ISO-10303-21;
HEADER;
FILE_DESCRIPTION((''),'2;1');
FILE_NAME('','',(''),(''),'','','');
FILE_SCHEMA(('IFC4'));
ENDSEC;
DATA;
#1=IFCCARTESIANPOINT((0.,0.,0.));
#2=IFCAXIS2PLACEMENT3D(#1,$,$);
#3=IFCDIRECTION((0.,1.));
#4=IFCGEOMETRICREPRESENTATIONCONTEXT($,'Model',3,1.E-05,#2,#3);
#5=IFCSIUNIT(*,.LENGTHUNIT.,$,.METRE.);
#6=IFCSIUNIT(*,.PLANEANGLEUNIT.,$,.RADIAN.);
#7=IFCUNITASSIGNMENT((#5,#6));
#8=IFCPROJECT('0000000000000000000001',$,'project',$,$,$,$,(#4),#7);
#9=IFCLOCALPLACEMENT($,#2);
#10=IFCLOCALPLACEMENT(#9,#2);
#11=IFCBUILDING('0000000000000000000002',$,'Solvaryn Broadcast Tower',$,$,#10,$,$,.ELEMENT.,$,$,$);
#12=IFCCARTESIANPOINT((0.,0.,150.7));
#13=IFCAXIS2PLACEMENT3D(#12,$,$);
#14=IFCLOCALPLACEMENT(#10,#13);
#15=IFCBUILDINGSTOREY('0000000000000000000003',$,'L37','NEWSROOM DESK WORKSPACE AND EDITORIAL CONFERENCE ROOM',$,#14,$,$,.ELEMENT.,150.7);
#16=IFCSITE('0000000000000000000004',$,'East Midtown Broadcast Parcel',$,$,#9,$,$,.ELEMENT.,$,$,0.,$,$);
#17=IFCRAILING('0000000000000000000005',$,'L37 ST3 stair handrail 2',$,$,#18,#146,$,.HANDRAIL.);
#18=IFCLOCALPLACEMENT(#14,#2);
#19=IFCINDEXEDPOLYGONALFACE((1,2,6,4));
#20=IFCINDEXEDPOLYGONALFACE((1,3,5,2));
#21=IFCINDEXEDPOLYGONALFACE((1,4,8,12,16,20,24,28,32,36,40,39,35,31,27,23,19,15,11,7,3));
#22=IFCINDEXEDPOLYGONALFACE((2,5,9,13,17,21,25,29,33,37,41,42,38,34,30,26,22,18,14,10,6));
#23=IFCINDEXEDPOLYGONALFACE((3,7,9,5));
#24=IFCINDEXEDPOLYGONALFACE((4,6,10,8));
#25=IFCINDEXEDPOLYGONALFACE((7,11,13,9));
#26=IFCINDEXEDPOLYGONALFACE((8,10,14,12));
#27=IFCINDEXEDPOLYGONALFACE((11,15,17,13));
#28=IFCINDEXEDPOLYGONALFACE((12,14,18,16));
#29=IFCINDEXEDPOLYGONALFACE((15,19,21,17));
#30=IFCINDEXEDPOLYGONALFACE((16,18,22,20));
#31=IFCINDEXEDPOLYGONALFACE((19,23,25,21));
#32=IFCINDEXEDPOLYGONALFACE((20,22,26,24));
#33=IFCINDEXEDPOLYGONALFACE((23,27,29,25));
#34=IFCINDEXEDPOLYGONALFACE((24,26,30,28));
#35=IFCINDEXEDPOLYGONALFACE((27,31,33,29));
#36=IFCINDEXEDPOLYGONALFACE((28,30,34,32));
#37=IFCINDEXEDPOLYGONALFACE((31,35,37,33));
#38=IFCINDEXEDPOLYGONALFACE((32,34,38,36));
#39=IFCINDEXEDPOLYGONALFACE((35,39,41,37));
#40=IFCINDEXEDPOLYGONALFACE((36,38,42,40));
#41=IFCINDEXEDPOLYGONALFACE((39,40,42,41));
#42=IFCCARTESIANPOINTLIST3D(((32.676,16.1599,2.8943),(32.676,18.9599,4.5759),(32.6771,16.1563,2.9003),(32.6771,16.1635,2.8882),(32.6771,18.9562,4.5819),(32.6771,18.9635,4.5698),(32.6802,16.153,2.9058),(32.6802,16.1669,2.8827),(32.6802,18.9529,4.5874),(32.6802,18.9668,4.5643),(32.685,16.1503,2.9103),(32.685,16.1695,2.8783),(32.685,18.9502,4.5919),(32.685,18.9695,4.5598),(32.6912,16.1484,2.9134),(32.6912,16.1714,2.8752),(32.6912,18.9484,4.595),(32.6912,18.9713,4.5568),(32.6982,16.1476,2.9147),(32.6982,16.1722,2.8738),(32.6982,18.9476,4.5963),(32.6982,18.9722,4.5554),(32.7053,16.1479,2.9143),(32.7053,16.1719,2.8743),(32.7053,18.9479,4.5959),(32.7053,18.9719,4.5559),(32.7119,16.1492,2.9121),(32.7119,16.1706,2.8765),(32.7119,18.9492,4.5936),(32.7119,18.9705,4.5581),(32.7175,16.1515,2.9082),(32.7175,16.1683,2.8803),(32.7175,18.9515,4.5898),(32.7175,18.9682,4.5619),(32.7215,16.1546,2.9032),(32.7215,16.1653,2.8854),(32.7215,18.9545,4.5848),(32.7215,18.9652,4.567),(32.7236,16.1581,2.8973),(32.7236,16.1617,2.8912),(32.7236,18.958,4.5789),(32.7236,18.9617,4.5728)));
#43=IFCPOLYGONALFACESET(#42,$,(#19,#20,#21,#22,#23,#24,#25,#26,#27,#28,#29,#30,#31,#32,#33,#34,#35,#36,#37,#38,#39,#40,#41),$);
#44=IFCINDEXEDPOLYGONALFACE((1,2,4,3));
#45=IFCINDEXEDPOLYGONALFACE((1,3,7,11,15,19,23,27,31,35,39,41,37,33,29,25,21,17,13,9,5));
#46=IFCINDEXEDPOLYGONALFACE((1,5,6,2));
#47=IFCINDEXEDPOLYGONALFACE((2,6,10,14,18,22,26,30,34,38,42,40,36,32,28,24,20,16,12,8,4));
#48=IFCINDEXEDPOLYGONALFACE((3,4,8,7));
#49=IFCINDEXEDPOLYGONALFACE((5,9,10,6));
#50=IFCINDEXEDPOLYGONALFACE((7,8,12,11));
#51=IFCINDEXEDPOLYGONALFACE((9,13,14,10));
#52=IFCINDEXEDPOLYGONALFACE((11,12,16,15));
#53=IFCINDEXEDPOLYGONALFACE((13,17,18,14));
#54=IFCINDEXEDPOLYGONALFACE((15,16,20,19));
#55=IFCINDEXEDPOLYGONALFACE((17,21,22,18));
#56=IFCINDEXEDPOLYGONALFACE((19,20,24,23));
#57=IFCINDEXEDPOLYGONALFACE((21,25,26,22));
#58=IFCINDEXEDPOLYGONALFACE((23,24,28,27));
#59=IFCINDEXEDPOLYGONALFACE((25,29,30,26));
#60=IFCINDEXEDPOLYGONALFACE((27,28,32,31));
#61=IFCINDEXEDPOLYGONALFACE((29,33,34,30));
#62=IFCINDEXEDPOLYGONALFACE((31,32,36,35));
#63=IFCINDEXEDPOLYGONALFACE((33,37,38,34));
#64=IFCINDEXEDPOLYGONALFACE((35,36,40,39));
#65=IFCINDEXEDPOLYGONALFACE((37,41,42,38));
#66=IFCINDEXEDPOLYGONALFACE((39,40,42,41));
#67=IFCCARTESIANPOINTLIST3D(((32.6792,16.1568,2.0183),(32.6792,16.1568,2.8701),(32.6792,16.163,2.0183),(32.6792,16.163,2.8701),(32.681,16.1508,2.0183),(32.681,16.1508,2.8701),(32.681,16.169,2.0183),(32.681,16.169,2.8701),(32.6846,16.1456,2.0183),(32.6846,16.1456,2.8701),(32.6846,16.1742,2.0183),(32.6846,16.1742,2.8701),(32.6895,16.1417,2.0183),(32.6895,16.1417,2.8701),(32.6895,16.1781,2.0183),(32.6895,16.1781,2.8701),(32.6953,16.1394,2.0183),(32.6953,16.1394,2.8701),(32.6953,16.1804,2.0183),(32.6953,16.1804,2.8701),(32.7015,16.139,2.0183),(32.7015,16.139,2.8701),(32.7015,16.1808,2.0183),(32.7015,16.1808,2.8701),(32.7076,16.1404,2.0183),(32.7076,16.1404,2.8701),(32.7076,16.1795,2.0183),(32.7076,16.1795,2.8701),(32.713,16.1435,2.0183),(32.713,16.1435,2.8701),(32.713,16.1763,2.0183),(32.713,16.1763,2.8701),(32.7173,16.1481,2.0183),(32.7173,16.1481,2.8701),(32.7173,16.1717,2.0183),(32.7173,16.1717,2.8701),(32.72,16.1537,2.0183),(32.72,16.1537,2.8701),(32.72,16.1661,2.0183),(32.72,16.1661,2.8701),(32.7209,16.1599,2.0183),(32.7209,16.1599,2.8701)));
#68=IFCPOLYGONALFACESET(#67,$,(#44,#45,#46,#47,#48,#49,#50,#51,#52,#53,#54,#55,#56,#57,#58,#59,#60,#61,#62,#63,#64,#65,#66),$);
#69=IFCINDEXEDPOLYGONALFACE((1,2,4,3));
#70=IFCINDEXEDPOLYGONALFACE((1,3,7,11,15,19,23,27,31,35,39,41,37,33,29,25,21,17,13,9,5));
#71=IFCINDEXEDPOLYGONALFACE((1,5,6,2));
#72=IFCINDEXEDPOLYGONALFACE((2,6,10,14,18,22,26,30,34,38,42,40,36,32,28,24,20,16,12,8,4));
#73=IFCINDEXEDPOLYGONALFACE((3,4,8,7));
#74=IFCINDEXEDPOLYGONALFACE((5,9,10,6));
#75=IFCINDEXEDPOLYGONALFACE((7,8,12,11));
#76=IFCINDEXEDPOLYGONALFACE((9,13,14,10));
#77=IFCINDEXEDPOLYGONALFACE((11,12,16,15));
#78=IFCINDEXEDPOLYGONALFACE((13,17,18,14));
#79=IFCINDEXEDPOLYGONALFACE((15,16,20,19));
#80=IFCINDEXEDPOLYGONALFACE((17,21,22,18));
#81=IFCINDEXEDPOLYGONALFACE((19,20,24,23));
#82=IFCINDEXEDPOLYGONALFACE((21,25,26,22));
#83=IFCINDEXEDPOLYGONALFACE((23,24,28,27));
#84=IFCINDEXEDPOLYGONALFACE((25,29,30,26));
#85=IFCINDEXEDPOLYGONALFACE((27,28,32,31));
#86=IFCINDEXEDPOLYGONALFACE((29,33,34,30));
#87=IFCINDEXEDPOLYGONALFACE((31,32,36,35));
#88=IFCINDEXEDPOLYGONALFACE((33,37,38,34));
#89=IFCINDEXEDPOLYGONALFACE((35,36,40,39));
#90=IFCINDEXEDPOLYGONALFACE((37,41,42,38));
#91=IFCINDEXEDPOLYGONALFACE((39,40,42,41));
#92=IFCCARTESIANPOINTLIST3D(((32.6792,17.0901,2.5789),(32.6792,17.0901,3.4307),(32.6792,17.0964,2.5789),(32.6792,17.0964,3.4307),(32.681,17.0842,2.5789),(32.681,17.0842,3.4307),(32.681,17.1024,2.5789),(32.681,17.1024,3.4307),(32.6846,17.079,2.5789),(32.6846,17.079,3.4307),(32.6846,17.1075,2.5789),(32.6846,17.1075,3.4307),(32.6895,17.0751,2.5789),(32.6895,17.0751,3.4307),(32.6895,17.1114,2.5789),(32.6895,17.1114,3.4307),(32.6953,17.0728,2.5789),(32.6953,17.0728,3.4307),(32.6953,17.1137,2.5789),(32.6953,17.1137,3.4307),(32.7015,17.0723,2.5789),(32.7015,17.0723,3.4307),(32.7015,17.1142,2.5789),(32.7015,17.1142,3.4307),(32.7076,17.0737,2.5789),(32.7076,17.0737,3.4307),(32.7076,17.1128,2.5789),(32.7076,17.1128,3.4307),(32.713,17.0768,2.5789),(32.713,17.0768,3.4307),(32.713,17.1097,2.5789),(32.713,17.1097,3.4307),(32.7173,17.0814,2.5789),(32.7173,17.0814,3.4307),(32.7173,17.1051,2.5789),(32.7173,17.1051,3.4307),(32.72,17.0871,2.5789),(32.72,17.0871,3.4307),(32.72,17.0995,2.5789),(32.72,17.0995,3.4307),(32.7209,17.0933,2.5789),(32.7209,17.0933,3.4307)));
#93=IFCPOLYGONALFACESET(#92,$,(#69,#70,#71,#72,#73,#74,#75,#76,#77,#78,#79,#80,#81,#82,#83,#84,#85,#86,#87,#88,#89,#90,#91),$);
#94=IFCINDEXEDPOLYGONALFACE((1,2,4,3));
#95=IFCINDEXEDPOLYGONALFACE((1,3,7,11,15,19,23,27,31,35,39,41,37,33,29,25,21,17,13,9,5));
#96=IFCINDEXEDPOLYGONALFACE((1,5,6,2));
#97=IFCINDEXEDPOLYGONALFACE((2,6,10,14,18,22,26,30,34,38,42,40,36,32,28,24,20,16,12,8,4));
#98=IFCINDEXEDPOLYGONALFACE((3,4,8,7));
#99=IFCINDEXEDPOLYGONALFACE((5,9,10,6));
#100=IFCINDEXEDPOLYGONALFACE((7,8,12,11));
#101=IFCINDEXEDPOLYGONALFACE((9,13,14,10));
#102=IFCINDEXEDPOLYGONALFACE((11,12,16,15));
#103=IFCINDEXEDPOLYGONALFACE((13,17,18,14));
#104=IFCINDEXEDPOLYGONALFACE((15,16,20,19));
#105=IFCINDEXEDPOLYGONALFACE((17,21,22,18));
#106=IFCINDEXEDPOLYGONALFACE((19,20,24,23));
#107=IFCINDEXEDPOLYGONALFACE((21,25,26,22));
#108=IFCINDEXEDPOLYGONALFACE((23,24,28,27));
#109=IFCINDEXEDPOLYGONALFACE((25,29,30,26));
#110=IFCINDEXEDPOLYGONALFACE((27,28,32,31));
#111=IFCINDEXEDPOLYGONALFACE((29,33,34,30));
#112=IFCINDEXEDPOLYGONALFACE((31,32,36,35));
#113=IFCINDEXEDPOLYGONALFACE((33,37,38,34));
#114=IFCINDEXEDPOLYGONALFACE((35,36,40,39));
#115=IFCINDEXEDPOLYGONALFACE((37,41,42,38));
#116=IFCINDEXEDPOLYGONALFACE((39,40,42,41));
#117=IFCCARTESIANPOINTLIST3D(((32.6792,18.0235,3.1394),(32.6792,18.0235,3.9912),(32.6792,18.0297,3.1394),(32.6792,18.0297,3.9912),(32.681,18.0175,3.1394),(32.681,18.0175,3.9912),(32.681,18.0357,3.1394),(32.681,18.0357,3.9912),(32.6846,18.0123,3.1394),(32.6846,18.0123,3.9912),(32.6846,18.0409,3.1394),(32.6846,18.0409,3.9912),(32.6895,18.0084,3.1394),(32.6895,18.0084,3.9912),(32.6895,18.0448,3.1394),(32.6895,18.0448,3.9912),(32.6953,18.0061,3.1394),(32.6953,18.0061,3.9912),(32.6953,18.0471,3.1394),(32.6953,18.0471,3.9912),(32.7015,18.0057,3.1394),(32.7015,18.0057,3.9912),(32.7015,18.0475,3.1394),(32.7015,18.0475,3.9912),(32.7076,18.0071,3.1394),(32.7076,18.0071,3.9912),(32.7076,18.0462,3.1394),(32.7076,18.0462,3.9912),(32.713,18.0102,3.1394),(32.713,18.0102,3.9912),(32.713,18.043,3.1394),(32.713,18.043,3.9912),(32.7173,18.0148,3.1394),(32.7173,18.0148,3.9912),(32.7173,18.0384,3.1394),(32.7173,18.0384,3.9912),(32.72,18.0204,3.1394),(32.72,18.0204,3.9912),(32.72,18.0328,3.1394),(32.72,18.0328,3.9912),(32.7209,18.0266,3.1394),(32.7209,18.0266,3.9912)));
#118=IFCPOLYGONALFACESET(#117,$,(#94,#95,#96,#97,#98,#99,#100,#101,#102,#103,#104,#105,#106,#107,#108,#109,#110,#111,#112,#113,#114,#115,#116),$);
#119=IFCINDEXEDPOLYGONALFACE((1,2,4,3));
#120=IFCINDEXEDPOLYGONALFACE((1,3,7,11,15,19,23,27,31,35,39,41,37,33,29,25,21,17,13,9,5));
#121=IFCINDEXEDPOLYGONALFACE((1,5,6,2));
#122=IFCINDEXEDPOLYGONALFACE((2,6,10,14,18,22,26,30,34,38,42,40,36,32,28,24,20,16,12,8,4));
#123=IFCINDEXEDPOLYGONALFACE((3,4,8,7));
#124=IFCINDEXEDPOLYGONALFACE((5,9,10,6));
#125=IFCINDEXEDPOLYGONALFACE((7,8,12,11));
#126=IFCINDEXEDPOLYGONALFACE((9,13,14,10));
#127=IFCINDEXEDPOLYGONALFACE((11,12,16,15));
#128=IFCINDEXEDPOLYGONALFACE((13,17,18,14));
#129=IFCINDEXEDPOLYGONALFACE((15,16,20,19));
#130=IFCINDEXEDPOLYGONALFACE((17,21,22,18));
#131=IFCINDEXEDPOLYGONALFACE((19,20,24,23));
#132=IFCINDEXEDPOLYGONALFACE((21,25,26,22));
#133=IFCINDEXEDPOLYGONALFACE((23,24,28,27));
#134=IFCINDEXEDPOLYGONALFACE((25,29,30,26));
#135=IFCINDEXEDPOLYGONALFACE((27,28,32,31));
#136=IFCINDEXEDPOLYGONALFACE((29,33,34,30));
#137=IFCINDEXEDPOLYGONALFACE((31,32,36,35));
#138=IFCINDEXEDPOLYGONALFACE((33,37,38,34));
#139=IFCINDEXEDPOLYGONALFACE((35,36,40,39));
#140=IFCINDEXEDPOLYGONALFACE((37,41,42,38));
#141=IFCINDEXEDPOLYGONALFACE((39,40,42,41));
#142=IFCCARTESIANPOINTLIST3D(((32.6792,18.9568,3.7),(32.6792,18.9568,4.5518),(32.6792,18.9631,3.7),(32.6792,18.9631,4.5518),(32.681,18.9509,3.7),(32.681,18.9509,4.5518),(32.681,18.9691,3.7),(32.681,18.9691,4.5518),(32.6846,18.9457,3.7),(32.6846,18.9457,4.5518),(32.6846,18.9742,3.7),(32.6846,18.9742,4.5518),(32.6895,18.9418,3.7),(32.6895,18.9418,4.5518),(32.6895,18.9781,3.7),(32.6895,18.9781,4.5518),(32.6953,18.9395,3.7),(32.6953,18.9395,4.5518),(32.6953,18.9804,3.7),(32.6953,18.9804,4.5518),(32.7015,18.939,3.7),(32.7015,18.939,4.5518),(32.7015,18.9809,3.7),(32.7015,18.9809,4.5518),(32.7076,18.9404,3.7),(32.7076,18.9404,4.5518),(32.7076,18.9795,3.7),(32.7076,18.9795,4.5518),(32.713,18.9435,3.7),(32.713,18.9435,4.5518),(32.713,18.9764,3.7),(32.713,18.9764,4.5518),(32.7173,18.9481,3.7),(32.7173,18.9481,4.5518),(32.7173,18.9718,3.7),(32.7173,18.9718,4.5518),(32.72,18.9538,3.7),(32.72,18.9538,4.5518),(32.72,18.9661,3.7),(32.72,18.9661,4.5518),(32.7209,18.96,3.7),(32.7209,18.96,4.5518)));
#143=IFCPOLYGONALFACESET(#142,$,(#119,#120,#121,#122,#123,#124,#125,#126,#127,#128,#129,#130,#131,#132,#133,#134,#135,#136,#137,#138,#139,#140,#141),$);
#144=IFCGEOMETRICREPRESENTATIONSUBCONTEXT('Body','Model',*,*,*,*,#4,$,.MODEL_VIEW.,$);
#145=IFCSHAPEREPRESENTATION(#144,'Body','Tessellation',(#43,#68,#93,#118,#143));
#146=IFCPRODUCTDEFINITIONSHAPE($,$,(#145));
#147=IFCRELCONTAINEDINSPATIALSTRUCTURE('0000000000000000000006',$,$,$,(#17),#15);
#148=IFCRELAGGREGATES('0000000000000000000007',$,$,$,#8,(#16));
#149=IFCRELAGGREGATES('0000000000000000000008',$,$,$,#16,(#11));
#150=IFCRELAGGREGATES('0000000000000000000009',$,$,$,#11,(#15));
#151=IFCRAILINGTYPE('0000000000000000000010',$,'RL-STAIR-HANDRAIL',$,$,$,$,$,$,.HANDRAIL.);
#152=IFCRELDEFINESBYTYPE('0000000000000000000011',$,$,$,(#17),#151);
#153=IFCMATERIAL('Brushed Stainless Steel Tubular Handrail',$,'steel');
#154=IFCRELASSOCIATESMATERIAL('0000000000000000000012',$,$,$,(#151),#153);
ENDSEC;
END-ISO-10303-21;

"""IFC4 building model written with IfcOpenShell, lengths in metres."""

from ifc_helpers import new_model, si_unit, direction, frame, origin, origin_2d, place, context, subcontext, project, spatial, circle, extrude, material, type_object, element, save


model = new_model("IFC4")

# Units and contexts
model_context = context("Model", 3, precision=1e-05, world=origin(), true_north=direction((0.0, 1.0)))
body_context = subcontext(model_context, "Body", "Model", "MODEL_VIEW")
ifc_project = project(units=[si_unit("LENGTHUNIT", "METRE"), si_unit("PLANEANGLEUNIT", "RADIAN")], contexts=[model_context])

# Site, building, storey
site_placement = place(None, origin())
site = spatial("IfcSite", under=ifc_project, at=site_placement, Name="East Midtown Broadcast Parcel", CompositionType="ELEMENT", RefElevation=0.0)
building_placement = place(site_placement, origin())
building = spatial("IfcBuilding", under=site, at=building_placement, Name="Solvaryn Broadcast Tower", CompositionType="ELEMENT")
storey_placement = place(building_placement, frame((0.0, 0.0, 150.7)))
storey = spatial("IfcBuildingStorey", under=building, at=storey_placement, Name="L37", Description="NEWSROOM DESK WORKSPACE AND EDITORIAL CONFERENCE ROOM", CompositionType="ELEMENT", Elevation=150.7)

# Railing
ifc_material_1 = material(Name="Brushed Stainless Steel Tubular Handrail", Category="steel")
railing_type_1 = type_object("IfcRailingType", Name="RL-STAIR-HANDRAIL", PredefinedType="HANDRAIL", material=ifc_material_1)
railing_1_placement = place(storey_placement, frame((32.7, 16.1599, 2.0183)))
element("IfcRailing", 1, at=railing_1_placement, inside=storey, type_object=railing_type_1, Name="L37 ST3 stair handrail 2", PredefinedType="HANDRAIL", context=body_context, shape_type="SweptSolid", body=[
    extrude(circle(Radius=0.0239, at=origin_2d()), frame((0.0, 0.0, 0.876), z_axis=(0.0, 0.857275, 0.514858), x_axis=(-1.0, 0.0, 0.0)), (0.0, 0.0, 1.0), 3.2661),
    extrude(circle(Radius=0.021, at=origin_2d()), origin(), (0.0, 0.0, 1.0), 0.8518),
    extrude(circle(Radius=0.021, at=origin_2d()), frame((0.0, 0.9333, 0.5605)), (0.0, 0.0, 1.0), 0.8518),
    extrude(circle(Radius=0.021, at=origin_2d()), frame((0.0, 1.8667, 1.1211)), (0.0, 0.0, 1.0), 0.8518),
    extrude(circle(Radius=0.021, at=origin_2d()), frame((0.0, 2.8, 1.6816)), (0.0, 0.0, 1.0), 0.8518),
])

save(model, "model.ifc")
